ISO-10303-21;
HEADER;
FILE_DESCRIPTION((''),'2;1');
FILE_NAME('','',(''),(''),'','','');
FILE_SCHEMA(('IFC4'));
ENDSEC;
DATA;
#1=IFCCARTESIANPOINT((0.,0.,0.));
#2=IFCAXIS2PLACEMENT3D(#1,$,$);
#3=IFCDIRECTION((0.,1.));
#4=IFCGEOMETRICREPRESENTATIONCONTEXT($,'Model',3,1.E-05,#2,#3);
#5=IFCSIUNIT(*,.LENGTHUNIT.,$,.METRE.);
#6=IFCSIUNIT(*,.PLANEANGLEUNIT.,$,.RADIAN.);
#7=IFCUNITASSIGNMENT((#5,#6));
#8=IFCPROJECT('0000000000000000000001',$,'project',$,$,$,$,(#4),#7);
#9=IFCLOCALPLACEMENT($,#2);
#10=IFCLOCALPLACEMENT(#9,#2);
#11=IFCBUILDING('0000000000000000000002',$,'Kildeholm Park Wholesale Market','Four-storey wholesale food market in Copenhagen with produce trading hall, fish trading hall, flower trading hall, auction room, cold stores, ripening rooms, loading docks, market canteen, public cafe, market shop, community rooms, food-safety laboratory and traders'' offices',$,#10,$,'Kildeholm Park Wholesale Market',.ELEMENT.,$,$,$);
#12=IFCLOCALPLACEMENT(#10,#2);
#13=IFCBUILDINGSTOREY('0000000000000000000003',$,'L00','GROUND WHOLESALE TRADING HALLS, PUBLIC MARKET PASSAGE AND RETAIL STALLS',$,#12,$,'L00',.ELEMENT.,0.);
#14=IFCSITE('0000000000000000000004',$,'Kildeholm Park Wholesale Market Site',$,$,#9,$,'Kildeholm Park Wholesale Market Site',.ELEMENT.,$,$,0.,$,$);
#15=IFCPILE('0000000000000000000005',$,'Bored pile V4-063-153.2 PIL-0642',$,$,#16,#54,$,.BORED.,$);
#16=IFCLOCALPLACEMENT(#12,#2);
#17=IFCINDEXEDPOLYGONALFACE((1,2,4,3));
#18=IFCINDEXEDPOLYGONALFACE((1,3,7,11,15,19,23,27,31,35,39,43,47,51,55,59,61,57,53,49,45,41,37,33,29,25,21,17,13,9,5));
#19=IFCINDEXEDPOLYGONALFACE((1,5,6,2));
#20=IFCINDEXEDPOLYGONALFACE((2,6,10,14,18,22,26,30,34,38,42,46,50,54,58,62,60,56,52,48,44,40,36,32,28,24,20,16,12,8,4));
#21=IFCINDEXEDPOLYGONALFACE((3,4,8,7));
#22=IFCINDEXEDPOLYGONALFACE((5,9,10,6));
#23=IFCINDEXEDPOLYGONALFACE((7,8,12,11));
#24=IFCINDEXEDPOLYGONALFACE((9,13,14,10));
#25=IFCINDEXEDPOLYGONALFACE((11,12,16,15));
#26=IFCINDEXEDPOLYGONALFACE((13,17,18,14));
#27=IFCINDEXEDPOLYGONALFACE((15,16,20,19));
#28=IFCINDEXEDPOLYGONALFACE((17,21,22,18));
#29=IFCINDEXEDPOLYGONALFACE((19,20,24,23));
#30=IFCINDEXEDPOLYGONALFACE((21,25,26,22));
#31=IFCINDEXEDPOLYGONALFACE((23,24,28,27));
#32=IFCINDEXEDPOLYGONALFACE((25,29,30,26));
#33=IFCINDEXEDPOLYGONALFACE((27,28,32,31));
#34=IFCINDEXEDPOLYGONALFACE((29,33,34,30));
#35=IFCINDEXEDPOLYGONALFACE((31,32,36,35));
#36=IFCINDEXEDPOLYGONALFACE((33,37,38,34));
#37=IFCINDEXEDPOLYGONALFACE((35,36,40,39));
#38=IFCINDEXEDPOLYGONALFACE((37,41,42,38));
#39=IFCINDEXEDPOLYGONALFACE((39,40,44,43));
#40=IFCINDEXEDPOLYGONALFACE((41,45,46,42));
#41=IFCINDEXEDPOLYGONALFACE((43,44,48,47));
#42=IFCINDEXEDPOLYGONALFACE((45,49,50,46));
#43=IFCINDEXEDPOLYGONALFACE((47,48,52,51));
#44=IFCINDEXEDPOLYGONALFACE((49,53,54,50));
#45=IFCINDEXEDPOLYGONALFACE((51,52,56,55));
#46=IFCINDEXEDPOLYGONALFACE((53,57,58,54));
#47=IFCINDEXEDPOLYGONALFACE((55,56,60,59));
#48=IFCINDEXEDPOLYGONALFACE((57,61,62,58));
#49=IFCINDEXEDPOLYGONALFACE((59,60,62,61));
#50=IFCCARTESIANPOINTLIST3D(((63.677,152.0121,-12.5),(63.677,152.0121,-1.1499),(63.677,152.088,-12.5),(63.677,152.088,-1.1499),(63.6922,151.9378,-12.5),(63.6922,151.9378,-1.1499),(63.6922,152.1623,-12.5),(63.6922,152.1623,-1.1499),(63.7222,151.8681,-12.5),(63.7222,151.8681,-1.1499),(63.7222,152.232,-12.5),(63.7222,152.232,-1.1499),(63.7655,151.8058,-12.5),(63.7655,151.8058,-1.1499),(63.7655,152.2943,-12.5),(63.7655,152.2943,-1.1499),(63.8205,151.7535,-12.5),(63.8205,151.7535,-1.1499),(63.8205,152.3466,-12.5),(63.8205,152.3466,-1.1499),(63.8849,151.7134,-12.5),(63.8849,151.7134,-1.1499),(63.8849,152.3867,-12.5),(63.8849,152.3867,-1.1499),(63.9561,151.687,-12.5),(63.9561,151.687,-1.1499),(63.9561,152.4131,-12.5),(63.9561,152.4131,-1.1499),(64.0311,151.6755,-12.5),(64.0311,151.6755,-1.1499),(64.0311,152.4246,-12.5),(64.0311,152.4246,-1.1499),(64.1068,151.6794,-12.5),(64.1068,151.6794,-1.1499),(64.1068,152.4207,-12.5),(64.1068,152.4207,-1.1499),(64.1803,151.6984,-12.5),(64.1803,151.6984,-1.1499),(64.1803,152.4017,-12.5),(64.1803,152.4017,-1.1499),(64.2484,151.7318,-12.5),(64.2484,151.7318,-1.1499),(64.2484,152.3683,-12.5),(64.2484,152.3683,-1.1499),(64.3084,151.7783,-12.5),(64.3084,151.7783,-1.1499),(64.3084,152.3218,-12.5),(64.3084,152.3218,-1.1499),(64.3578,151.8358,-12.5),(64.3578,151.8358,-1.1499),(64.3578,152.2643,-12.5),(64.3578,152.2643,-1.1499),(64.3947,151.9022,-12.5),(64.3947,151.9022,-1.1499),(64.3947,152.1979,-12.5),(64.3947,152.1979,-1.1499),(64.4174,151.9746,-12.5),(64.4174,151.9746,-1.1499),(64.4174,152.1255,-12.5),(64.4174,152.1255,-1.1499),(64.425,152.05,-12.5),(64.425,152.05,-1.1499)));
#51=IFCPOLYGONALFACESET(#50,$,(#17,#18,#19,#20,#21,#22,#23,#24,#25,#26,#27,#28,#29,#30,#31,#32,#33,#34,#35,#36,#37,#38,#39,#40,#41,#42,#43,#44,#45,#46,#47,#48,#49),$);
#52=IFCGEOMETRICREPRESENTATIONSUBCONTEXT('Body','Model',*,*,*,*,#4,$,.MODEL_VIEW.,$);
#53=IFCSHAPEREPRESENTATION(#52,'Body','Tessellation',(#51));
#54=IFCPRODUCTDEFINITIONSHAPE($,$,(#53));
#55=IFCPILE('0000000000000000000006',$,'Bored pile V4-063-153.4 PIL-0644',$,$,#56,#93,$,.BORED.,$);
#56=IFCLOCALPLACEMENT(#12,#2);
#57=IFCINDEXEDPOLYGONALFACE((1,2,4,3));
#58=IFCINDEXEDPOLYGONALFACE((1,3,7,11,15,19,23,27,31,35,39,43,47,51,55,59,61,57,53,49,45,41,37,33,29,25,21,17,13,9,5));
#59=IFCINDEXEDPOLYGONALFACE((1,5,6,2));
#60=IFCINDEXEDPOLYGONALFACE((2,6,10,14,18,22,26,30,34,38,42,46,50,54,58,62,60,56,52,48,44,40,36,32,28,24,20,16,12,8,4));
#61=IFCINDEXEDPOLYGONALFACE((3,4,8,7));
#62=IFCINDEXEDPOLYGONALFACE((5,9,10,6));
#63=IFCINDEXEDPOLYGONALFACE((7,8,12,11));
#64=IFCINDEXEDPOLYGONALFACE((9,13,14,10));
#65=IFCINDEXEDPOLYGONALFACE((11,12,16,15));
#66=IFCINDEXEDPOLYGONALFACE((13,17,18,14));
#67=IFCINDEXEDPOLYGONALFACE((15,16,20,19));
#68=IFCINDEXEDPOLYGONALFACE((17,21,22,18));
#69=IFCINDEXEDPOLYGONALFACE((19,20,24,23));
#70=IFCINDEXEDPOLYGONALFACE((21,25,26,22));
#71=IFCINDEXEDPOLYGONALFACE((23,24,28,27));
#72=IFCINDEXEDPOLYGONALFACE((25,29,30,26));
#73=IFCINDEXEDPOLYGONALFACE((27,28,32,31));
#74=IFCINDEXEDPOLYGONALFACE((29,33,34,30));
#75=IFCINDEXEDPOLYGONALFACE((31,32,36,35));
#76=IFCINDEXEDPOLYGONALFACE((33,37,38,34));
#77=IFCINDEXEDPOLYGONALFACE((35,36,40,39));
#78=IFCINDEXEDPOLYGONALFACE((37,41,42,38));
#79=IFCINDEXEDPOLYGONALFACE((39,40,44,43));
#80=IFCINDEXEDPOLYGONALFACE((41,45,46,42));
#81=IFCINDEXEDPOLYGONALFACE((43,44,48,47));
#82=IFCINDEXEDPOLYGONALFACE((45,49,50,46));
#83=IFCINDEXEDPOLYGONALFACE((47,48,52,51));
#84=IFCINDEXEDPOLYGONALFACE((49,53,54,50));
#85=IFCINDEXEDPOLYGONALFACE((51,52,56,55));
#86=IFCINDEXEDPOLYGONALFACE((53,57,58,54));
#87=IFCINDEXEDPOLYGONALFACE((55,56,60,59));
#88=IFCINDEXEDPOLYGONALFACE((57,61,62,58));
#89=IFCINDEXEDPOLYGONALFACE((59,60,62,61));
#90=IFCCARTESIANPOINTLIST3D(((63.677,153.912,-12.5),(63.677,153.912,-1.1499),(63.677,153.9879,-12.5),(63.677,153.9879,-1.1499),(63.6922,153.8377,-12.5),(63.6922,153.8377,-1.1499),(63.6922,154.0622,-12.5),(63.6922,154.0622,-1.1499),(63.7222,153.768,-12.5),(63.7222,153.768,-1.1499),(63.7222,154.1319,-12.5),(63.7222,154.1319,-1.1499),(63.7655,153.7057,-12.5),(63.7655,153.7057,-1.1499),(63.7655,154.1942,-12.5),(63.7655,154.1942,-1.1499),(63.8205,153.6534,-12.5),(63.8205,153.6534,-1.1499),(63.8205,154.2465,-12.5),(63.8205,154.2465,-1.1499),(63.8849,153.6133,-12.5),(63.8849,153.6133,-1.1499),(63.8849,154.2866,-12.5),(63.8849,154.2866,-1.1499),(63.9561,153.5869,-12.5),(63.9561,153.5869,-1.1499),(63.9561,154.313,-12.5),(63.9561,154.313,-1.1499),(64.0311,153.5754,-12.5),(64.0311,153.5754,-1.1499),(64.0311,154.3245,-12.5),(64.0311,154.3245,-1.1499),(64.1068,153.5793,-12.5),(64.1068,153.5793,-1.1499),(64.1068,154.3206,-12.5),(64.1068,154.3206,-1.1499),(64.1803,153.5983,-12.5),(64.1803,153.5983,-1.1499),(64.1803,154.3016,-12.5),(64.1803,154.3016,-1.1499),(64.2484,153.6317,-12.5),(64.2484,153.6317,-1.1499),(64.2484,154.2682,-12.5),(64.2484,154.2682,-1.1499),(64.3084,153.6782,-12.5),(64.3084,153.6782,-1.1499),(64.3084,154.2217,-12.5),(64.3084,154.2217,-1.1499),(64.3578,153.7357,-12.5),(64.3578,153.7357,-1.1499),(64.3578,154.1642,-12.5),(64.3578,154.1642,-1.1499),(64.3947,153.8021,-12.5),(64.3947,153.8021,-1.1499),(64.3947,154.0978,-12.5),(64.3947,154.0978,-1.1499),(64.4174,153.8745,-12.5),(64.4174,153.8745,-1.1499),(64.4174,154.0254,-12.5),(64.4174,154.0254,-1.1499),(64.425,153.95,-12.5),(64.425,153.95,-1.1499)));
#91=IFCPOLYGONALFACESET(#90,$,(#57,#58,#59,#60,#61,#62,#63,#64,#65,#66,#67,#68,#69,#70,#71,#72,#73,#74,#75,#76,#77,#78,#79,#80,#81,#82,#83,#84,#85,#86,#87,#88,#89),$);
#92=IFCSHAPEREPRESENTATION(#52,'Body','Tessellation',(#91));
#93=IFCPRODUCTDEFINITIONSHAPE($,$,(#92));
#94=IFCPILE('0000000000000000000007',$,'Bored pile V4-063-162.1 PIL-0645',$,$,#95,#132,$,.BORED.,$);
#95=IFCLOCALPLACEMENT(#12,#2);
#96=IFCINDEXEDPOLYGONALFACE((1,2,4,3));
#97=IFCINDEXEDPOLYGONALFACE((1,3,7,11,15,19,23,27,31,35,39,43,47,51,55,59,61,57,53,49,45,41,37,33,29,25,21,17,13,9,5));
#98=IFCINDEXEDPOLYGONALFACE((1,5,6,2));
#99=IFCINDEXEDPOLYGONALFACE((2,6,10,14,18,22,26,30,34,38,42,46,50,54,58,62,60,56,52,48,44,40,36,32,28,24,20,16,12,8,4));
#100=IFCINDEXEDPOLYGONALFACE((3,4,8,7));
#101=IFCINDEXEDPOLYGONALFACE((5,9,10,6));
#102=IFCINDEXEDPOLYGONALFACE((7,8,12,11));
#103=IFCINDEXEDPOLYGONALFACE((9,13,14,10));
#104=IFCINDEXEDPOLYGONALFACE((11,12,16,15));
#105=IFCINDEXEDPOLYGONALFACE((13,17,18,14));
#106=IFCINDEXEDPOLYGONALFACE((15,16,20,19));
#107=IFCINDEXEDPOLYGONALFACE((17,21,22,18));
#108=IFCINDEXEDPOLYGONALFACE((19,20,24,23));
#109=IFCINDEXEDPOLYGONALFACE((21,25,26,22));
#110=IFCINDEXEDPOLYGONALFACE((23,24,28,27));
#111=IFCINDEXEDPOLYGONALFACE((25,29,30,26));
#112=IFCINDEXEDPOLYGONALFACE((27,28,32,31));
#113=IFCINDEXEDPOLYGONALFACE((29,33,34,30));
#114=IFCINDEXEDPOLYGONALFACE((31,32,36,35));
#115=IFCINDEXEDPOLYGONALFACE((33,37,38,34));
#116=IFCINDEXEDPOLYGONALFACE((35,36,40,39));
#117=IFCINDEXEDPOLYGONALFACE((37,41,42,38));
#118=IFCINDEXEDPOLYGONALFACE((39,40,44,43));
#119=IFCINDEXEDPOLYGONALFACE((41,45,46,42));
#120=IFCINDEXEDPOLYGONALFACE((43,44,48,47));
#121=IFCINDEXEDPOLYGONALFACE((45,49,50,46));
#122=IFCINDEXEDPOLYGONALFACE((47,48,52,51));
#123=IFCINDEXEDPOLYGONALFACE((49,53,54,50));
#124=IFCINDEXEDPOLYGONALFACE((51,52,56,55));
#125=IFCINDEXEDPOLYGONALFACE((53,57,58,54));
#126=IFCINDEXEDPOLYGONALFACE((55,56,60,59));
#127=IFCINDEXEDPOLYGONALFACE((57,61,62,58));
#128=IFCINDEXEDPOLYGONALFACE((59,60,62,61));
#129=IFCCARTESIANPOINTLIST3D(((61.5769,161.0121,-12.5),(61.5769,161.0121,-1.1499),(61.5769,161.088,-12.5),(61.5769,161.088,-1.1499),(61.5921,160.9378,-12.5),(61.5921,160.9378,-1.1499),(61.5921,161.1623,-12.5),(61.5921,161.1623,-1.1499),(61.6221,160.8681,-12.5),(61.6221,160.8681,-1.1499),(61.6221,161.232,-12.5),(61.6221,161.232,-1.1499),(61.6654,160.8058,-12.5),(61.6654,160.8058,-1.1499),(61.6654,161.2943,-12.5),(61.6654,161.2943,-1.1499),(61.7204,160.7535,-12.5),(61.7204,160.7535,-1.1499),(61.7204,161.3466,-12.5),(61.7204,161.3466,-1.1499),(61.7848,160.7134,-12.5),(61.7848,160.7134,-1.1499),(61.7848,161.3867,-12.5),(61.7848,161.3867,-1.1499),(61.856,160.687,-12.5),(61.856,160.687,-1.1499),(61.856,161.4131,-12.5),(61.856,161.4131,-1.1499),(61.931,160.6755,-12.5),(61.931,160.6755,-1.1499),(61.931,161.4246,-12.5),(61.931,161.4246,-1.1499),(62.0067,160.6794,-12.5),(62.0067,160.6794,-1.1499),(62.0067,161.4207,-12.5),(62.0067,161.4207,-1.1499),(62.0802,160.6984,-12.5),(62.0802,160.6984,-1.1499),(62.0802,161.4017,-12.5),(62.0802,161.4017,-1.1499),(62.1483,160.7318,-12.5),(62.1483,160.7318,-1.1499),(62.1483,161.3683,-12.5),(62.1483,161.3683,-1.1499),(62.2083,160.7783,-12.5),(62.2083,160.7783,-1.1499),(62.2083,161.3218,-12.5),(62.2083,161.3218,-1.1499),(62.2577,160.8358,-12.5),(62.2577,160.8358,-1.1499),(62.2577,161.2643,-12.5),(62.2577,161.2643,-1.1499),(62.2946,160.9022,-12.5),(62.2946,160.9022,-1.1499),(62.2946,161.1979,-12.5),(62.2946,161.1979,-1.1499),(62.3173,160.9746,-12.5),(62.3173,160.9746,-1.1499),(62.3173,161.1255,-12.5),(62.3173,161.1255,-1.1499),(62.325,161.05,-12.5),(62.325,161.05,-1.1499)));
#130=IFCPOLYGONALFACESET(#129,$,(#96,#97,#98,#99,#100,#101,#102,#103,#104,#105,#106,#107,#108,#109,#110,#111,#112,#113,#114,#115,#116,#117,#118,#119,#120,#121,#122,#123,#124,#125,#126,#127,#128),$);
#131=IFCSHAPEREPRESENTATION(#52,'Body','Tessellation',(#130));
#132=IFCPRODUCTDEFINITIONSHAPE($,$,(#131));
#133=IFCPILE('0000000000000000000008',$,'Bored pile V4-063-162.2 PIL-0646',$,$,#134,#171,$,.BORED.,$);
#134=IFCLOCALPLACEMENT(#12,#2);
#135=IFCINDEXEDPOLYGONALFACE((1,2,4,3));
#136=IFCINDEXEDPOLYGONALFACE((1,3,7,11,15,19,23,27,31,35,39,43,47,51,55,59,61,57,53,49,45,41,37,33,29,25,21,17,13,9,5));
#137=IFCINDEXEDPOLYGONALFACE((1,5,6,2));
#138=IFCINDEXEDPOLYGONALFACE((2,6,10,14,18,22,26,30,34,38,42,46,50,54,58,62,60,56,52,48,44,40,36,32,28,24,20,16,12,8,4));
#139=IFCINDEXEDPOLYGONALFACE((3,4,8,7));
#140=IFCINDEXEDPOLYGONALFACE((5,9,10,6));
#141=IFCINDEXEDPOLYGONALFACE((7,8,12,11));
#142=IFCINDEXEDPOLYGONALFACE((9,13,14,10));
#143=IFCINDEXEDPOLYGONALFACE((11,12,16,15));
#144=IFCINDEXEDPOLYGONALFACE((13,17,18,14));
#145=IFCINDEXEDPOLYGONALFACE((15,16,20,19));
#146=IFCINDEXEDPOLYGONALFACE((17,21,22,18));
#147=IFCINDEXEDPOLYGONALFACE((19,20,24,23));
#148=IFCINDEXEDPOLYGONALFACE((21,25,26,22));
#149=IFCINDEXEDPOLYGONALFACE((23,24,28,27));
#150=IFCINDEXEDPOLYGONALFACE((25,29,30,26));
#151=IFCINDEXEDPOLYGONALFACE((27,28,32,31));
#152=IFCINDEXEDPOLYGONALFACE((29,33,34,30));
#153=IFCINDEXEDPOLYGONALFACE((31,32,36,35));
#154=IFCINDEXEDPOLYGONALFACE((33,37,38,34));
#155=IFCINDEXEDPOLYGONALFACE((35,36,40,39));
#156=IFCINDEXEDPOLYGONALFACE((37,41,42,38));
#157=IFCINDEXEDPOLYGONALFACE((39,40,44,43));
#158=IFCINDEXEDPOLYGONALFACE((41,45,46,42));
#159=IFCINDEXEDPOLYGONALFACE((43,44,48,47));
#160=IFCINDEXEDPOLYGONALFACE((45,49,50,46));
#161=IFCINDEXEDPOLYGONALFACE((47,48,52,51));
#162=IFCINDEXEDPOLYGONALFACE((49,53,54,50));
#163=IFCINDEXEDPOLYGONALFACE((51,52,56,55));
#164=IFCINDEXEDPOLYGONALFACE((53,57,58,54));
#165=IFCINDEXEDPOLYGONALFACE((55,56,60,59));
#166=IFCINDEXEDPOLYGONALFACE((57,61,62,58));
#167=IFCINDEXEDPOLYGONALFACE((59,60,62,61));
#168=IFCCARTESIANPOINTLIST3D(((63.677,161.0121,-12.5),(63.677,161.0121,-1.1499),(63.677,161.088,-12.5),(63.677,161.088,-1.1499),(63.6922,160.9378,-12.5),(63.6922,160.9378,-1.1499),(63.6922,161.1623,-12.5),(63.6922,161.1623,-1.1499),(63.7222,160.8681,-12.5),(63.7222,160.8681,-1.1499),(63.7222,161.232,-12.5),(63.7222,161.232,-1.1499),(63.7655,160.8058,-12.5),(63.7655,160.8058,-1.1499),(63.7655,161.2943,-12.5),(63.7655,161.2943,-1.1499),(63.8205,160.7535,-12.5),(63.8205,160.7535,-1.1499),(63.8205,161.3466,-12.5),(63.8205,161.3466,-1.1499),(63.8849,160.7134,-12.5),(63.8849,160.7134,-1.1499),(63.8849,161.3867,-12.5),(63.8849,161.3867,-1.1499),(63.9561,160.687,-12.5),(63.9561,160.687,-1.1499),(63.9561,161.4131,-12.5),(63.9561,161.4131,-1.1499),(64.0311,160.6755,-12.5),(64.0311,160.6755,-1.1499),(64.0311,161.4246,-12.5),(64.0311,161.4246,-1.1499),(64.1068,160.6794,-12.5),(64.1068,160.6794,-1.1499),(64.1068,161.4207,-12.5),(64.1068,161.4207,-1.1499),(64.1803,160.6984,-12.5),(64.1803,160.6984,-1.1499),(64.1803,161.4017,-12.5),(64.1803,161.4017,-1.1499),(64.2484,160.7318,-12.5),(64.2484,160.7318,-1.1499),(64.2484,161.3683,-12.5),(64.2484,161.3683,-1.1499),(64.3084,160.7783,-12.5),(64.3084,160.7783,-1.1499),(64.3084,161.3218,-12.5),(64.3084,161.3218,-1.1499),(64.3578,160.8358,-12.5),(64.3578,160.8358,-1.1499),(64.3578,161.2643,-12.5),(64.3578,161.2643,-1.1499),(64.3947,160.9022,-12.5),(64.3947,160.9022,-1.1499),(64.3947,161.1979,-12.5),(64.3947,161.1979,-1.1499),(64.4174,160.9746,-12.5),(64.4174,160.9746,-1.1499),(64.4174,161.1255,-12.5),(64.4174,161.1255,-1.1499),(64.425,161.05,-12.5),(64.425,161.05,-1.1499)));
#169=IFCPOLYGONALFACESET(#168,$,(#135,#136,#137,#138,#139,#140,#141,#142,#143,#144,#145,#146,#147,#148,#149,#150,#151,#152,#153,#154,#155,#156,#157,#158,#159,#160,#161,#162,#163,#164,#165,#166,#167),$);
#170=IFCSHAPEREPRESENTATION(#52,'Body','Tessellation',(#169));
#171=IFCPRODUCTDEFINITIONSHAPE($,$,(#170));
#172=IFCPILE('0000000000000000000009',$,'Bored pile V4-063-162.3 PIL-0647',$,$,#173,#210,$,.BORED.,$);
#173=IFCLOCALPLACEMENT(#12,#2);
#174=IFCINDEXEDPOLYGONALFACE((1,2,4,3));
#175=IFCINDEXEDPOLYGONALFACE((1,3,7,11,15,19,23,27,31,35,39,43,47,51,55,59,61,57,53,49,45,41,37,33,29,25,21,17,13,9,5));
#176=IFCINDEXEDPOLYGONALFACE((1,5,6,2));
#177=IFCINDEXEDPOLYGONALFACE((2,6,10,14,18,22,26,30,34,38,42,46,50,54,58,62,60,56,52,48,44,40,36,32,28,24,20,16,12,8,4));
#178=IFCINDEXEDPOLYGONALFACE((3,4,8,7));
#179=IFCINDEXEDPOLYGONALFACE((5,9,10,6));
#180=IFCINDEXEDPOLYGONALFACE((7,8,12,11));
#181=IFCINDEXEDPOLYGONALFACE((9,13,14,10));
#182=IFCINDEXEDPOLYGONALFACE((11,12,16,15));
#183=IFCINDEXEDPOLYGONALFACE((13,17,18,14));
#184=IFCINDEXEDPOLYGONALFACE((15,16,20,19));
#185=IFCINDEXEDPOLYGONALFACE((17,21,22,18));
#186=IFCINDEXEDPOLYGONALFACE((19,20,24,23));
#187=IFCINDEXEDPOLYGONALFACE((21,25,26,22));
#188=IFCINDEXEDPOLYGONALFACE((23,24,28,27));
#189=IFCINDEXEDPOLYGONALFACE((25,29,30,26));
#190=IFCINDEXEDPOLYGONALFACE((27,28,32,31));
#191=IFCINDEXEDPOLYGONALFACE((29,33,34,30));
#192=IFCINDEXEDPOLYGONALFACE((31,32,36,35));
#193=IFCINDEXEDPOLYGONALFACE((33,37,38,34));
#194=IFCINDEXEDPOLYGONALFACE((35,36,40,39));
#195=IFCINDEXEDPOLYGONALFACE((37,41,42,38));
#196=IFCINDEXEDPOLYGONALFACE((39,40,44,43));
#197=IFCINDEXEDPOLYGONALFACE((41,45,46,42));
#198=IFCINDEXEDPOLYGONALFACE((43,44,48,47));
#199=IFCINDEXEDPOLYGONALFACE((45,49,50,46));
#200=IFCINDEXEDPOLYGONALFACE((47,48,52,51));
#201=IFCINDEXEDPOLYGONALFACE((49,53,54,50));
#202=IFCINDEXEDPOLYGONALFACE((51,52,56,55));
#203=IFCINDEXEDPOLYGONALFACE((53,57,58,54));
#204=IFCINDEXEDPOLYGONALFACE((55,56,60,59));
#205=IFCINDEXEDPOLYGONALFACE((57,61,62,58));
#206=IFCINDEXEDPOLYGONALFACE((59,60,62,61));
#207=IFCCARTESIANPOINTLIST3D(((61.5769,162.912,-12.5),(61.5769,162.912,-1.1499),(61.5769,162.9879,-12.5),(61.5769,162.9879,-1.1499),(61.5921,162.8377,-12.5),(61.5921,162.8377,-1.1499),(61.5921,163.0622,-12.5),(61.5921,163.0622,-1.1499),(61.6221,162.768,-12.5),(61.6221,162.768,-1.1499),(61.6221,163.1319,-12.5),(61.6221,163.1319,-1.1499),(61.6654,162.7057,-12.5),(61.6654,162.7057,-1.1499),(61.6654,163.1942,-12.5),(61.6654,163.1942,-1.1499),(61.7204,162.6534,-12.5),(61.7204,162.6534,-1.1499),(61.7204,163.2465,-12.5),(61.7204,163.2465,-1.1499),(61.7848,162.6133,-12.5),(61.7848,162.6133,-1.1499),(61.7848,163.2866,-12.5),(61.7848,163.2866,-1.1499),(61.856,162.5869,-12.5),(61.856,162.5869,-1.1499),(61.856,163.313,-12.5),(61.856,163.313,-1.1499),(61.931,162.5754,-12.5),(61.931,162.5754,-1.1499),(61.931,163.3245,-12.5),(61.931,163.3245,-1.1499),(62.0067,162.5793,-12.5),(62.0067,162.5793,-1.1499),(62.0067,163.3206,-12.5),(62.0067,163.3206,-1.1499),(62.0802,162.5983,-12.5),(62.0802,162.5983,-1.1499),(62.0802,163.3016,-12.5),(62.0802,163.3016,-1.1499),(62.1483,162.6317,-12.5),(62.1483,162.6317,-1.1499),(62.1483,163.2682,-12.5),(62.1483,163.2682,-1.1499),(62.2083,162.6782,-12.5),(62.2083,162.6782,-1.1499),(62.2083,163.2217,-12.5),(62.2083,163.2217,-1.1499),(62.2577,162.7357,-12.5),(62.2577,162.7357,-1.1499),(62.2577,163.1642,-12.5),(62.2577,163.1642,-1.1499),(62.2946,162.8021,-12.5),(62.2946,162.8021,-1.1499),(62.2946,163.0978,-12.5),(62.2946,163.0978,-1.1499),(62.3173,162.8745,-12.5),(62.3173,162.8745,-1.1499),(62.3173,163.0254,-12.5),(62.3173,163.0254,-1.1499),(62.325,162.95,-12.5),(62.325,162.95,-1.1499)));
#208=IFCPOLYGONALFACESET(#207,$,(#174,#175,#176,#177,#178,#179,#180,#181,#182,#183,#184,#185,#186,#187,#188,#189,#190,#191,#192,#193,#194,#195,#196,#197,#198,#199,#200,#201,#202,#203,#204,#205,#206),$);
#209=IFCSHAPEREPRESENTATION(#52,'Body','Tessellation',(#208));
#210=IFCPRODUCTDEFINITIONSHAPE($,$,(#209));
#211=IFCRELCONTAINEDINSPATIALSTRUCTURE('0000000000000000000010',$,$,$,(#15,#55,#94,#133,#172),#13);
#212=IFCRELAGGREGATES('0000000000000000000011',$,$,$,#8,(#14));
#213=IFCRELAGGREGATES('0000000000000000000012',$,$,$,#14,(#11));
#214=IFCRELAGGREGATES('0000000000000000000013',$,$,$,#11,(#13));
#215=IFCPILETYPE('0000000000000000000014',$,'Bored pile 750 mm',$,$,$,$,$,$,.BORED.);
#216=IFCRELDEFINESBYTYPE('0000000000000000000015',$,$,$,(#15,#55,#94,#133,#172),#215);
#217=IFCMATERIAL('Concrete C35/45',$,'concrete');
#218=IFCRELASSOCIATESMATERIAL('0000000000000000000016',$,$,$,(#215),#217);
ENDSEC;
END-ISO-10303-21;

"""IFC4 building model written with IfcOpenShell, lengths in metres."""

from ifc_helpers import new_model, si_unit, direction, frame, origin, origin_2d, place, context, subcontext, project, spatial, circle, extrude, material, material_profile, profile_set, type_object, element, save


model = new_model("IFC4")

# Units and contexts
model_context = context("Model", 3, precision=1e-05, world=origin(), true_north=direction((0.0, 1.0)))
body_context = subcontext(model_context, "Body", "Model", "MODEL_VIEW")
ifc_project = project(units=[si_unit("LENGTHUNIT", "METRE"), si_unit("PLANEANGLEUNIT", "RADIAN")], contexts=[model_context])

# Site, building, storey
site_placement = place(None, origin())
site = spatial("IfcSite", under=ifc_project, at=site_placement, Name="Kildeholm Park Wholesale Market Site", LongName="Kildeholm Park Wholesale Market Site", CompositionType="ELEMENT", RefElevation=0.0)
building_placement = place(site_placement, origin())
building = spatial("IfcBuilding", under=site, at=building_placement, Name="Kildeholm Park Wholesale Market", Description="Four-storey wholesale food market in Copenhagen with produce trading hall, fish trading hall, flower trading hall, auction room, cold stores, ripening rooms, loading docks, market canteen, public cafe, market shop, community rooms, food-safety laboratory and traders' offices", LongName="Kildeholm Park Wholesale Market", CompositionType="ELEMENT")
storey_placement = place(building_placement, origin())
storey = spatial("IfcBuildingStorey", under=building, at=storey_placement, Name="L00", Description="GROUND WHOLESALE TRADING HALLS, PUBLIC MARKET PASSAGE AND RETAIL STALLS", LongName="L00", CompositionType="ELEMENT", Elevation=0.0)

# Piles
ifc_material_1 = material(Name="Concrete C35/45", Category="concrete")
ifc_material_profile_1 = material_profile(ifc_material_1, circle(Radius=0.375, at=origin_2d()), Name="PILE D750")
ifc_profile_set_1 = profile_set([ifc_material_profile_1], Name="Concrete C35/45")
pile_type = type_object("IfcPileType", Name="Bored pile 750 mm", PredefinedType="BORED", material=ifc_profile_set_1)
for number, where, z_axis, x_axis, name in (
    (1, (64.05, 152.05, -1.1499), (0.0, 0.0, -1.0), (1.0, 0.0, 0.0), "Bored pile V4-063-153.2 PIL-0642"),
    (2, (64.05, 153.95, -1.1499), (0.0, 0.0, -1.0), (1.0, 0.0, 0.0), "Bored pile V4-063-153.4 PIL-0644"),
    (3, (61.95, 161.05, -1.1499), (0.0, 0.0, -1.0), (1.0, 0.0, 0.0), "Bored pile V4-063-162.1 PIL-0645"),
    (4, (64.05, 161.05, -1.1499), (0.0, 0.0, -1.0), (1.0, 0.0, 0.0), "Bored pile V4-063-162.2 PIL-0646"),
    (5, (61.95, 162.95, -1.1499), (0.0, 0.0, -1.0), (1.0, 0.0, 0.0), "Bored pile V4-063-162.3 PIL-0647"),
):
    element("IfcPile", number, at=place(storey_placement, frame(where, z_axis=z_axis, x_axis=x_axis)), inside=storey, type_object=pile_type, Name=name, PredefinedType="BORED", context=body_context, shape_type="SweptSolid", body=[
        extrude(circle(Radius=0.375, at=origin_2d()), origin(), (0.0, 0.0, 1.0), 11.3501),
    ])

save(model, "model.ifc")
